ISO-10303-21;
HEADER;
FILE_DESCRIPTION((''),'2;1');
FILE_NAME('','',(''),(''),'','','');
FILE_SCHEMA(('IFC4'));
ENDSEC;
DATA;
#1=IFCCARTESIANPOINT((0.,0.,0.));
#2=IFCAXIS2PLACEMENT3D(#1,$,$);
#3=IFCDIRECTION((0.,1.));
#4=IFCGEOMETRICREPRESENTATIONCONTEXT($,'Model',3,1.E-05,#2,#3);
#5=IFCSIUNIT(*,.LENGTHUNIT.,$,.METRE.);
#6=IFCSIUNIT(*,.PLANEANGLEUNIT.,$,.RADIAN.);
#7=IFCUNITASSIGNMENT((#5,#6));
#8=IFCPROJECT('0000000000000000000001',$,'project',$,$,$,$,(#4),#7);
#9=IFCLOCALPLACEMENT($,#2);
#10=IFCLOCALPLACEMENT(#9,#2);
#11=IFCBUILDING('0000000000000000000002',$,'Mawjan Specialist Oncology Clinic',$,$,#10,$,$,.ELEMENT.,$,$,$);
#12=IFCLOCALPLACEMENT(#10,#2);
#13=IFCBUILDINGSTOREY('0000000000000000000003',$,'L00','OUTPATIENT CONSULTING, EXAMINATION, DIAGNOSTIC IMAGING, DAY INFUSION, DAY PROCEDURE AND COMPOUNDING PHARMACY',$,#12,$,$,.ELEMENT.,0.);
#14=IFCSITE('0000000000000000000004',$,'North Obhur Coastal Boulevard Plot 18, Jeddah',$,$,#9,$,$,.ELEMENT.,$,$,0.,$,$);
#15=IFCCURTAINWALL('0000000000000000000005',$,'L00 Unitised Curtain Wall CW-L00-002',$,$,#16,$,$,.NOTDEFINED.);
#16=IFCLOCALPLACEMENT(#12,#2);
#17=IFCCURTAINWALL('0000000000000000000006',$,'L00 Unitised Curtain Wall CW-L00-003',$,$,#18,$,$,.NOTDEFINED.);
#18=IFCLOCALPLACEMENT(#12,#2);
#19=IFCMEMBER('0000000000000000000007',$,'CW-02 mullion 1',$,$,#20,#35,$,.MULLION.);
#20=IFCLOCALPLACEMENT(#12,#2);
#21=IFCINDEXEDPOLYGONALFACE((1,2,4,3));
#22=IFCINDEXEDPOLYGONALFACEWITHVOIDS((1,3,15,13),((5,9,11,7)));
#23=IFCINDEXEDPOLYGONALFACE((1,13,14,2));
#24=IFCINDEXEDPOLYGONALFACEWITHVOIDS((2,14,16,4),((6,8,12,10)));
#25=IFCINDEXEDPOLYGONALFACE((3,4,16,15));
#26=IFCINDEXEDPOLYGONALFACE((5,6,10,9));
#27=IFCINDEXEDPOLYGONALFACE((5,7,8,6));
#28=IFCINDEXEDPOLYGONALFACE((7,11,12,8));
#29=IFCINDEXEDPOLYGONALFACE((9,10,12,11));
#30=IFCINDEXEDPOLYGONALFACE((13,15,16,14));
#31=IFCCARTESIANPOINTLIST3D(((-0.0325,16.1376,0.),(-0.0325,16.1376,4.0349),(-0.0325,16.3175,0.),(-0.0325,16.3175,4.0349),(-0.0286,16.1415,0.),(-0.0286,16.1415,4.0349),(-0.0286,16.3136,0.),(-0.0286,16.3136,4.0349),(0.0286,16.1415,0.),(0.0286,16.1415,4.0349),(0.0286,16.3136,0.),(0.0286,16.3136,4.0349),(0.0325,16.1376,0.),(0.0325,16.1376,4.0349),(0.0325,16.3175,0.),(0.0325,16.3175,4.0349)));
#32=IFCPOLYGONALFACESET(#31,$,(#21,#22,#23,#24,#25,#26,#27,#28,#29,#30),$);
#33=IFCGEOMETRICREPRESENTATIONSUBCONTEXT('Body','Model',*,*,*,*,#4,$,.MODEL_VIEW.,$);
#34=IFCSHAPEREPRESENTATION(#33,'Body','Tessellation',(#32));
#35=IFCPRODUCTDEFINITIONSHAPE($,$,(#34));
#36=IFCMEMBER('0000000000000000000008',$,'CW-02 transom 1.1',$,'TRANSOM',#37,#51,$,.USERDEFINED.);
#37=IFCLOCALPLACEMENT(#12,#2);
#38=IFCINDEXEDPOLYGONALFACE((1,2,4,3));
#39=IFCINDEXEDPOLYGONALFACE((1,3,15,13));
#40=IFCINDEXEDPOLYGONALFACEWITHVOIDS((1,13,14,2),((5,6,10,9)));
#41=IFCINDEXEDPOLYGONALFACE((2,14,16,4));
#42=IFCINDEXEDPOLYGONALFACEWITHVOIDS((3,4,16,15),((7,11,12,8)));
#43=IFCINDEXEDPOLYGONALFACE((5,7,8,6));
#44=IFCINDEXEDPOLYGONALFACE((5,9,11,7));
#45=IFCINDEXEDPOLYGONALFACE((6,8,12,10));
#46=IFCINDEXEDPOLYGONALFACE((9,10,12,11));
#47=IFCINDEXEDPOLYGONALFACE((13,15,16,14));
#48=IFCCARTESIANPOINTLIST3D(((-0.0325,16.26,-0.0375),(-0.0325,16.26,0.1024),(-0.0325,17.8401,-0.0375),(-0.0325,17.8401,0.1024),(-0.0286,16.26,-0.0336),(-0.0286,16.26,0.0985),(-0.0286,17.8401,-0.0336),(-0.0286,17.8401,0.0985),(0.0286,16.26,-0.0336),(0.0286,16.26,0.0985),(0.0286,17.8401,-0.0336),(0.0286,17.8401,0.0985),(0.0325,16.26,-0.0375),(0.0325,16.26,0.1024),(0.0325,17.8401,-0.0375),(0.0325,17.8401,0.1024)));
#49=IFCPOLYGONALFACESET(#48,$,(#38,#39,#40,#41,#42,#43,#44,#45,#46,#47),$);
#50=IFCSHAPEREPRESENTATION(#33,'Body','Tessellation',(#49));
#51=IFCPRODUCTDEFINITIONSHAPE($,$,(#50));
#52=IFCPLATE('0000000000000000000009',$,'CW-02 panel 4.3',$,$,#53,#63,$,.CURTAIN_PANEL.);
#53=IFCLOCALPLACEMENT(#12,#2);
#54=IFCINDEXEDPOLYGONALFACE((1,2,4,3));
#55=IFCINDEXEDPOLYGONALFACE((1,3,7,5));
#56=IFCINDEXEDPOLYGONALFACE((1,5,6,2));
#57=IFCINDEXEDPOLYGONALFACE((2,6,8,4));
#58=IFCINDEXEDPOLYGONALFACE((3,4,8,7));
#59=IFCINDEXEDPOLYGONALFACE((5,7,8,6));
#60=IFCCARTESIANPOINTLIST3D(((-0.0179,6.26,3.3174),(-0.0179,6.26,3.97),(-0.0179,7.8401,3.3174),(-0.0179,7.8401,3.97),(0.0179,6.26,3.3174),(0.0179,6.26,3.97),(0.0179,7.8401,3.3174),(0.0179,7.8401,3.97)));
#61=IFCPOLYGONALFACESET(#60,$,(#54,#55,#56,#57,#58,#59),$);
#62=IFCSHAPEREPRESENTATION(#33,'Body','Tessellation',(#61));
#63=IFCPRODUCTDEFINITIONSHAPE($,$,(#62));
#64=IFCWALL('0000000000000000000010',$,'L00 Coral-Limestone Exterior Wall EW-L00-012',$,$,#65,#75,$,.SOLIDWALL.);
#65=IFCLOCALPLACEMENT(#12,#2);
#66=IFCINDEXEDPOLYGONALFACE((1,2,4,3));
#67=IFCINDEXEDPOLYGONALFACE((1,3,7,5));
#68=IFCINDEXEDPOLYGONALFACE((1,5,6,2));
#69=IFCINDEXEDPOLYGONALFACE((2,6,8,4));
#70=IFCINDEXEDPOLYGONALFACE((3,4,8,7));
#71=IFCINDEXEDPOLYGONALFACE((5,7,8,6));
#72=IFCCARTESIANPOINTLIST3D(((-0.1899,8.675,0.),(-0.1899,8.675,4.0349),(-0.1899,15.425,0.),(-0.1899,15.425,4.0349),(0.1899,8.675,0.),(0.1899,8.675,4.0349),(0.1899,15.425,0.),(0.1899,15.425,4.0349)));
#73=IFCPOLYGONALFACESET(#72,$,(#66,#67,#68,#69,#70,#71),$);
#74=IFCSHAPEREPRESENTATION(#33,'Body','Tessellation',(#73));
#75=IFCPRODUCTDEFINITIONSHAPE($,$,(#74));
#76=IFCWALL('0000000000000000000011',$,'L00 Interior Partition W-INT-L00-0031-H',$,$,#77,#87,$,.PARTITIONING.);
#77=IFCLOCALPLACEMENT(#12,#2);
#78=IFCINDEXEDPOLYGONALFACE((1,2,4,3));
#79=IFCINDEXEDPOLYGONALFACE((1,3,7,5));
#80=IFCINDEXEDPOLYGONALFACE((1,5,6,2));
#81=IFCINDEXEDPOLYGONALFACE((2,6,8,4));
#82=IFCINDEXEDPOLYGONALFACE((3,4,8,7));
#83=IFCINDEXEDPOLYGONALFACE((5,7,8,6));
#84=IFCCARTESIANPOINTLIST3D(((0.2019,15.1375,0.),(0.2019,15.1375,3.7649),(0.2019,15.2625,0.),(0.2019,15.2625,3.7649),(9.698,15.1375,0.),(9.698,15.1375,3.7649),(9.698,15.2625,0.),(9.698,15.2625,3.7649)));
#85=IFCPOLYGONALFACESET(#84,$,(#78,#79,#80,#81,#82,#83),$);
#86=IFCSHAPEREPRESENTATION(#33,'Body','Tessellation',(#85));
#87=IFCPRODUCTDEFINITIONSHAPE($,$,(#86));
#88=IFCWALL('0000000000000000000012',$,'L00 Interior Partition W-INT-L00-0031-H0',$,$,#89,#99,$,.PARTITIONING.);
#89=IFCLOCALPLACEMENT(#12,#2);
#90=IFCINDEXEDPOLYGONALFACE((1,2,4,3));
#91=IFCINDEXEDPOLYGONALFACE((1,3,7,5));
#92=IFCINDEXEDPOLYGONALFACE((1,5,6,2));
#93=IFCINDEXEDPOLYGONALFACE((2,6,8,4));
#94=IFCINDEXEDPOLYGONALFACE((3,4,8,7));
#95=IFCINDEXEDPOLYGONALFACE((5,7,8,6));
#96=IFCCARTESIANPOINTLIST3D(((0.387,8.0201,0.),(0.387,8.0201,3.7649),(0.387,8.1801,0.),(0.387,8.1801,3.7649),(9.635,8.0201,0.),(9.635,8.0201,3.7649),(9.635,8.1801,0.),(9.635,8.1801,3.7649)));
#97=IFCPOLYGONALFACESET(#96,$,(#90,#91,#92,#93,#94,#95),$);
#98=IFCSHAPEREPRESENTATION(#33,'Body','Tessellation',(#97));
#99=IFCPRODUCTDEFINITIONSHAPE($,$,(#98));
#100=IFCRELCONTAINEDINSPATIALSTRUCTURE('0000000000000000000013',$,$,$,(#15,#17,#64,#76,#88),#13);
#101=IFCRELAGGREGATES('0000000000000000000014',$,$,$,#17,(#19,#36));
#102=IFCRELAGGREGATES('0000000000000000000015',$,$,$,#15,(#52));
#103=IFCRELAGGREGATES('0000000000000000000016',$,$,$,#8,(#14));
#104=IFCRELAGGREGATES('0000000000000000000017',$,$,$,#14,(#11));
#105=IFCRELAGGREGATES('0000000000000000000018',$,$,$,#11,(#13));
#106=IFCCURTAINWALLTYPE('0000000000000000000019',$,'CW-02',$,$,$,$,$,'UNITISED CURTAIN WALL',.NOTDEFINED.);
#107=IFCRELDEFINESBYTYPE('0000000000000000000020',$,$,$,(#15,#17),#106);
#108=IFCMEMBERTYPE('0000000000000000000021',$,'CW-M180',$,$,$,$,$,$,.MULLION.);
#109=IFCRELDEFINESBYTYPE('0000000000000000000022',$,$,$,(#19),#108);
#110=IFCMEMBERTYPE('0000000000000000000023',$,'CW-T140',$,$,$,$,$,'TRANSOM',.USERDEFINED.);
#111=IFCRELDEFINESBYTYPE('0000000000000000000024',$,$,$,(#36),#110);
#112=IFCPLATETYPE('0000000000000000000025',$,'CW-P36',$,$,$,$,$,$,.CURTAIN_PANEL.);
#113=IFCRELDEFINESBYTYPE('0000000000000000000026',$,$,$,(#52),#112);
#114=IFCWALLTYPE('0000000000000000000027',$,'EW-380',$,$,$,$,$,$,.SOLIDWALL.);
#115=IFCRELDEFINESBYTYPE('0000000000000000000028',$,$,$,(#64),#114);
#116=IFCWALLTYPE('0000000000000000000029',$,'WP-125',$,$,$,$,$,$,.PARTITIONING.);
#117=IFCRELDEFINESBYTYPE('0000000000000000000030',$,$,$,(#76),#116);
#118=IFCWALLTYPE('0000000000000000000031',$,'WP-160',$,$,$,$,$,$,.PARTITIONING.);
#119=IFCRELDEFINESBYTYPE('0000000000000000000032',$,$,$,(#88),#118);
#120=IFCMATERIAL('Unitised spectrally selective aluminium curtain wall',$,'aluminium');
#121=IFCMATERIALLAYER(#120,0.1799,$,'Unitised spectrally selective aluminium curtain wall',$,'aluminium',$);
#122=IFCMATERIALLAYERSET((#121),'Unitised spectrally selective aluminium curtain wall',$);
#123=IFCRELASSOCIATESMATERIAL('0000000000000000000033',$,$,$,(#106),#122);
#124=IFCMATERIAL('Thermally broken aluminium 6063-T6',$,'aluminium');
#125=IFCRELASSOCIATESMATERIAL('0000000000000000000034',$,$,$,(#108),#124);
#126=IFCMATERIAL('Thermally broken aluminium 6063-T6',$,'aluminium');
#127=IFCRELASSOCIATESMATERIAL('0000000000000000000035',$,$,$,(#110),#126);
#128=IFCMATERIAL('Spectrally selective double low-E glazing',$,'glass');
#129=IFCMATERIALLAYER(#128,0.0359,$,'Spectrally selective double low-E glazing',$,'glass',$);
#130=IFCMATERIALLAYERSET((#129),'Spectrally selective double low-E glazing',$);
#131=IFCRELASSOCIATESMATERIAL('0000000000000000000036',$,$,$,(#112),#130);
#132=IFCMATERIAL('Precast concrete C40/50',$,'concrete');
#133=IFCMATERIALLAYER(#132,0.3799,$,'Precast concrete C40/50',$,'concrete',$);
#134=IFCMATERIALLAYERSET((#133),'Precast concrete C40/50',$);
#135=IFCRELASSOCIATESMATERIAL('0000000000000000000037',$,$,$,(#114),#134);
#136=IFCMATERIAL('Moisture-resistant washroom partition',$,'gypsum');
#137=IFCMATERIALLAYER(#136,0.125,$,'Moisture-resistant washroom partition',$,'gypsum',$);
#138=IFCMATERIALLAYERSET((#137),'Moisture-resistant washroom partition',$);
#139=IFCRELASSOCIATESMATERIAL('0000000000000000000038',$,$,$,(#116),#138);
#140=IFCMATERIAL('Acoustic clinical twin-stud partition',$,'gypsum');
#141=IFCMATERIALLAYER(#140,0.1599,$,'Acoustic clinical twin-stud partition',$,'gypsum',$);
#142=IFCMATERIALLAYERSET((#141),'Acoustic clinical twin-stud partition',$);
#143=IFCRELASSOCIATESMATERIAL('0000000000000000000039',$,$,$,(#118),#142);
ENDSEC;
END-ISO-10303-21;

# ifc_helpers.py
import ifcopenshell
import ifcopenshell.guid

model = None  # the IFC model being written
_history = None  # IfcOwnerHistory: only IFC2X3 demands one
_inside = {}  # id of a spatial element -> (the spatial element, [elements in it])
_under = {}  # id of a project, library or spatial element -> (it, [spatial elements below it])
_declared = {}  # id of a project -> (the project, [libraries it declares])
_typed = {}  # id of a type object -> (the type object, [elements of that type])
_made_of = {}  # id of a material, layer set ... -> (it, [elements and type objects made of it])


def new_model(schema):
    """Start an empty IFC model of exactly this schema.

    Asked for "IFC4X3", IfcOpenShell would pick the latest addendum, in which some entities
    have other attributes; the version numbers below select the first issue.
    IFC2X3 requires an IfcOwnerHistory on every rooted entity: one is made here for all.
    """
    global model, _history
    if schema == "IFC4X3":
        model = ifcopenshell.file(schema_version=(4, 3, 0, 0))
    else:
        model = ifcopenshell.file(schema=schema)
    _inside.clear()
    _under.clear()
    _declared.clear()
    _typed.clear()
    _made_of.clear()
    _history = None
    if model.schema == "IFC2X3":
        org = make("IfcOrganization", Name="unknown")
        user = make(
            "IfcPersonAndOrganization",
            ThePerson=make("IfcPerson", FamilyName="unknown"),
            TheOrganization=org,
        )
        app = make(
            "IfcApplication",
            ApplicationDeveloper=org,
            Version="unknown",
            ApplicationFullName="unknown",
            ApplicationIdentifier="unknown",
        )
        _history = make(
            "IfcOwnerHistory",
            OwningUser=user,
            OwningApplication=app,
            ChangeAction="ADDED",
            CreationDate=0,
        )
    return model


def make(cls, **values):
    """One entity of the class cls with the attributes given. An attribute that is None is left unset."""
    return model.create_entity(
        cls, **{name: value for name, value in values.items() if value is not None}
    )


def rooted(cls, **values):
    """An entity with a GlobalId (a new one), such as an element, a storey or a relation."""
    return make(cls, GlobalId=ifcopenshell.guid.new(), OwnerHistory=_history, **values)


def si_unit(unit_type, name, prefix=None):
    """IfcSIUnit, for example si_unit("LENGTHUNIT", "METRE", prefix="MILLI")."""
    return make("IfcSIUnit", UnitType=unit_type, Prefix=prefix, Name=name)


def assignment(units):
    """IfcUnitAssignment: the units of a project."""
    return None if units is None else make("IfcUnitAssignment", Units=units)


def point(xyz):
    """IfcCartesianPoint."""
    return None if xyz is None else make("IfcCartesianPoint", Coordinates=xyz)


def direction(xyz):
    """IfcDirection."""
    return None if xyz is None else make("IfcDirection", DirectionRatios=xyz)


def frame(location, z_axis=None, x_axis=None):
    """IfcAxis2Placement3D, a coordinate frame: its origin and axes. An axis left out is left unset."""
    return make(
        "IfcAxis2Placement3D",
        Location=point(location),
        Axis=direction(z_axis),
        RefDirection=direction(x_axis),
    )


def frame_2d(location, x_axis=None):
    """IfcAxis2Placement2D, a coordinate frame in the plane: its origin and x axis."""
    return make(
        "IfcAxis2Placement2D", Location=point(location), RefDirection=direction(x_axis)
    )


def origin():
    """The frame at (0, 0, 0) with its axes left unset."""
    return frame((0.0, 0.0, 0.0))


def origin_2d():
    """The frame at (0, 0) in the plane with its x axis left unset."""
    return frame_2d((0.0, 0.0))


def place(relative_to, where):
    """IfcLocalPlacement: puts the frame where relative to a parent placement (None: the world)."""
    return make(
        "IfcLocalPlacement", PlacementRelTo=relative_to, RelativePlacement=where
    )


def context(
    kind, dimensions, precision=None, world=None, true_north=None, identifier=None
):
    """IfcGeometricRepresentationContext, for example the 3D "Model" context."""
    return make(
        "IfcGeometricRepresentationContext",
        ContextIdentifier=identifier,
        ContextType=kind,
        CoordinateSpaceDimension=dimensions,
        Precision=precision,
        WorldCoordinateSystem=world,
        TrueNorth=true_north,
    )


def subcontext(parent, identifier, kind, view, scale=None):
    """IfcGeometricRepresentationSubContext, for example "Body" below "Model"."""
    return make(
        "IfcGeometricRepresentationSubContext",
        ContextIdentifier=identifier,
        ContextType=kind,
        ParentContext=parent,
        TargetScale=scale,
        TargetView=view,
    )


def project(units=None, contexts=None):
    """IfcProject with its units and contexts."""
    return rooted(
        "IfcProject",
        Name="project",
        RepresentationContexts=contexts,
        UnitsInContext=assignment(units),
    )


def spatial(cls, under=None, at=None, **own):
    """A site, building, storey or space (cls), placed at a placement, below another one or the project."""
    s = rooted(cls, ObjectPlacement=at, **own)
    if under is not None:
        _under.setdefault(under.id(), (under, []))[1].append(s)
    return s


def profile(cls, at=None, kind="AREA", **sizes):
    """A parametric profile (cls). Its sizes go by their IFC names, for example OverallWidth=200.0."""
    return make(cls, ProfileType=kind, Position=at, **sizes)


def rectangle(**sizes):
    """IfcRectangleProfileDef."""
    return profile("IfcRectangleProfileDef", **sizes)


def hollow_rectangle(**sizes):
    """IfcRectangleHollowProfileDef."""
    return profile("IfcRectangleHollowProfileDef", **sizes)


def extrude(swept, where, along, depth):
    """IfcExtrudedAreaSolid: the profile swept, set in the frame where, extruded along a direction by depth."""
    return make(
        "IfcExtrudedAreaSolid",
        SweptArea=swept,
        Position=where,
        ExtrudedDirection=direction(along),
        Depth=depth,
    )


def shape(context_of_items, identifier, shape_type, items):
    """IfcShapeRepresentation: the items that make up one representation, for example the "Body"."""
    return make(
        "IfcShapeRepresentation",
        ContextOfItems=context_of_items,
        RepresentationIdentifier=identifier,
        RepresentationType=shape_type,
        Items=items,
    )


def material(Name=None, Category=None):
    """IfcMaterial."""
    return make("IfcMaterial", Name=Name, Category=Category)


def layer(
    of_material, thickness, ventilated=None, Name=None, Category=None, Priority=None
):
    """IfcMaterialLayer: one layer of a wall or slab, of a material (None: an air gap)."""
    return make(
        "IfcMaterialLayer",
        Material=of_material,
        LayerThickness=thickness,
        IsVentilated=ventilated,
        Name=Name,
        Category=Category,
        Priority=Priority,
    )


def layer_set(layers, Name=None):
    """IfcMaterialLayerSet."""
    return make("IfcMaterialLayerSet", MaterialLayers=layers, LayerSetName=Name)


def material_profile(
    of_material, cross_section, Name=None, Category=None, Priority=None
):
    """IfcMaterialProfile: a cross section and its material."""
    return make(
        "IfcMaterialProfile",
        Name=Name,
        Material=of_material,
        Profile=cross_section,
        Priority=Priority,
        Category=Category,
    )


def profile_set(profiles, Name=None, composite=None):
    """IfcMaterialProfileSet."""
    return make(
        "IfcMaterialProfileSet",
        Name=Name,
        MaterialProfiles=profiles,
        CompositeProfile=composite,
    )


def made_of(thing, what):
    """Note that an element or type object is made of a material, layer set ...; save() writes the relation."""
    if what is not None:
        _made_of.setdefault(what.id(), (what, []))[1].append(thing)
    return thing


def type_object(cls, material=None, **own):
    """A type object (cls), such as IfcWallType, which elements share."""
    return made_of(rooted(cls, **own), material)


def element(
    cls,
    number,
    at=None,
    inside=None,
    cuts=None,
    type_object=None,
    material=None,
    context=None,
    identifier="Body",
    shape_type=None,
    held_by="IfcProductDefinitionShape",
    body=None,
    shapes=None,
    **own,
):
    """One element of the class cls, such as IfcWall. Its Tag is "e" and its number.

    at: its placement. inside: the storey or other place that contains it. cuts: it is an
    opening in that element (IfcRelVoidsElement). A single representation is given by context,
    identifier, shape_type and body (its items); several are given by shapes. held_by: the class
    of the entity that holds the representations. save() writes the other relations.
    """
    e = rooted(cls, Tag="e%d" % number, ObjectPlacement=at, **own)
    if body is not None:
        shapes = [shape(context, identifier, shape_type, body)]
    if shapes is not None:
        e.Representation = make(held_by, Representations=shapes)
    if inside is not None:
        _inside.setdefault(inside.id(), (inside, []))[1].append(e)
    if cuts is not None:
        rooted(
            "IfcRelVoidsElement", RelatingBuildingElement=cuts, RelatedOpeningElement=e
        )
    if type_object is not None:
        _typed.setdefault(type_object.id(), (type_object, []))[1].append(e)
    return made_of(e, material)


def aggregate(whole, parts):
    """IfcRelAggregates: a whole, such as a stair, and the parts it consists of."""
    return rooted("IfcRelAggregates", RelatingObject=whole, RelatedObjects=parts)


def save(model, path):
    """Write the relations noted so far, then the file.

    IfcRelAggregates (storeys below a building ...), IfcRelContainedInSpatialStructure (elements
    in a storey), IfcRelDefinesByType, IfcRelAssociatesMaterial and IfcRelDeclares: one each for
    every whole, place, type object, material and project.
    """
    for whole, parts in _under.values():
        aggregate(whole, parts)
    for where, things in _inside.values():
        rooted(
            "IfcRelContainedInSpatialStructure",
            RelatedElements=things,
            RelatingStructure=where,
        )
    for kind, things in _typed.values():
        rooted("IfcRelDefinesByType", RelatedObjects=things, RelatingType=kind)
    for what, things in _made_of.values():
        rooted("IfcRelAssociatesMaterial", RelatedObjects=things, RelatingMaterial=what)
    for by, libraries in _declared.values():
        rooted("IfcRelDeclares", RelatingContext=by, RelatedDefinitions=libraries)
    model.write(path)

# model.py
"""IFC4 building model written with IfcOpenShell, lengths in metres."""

from ifc_helpers import new_model, si_unit, direction, frame, frame_2d, origin, origin_2d, place, context, subcontext, project, spatial, rectangle, hollow_rectangle, extrude, material, layer, layer_set, material_profile, profile_set, type_object, element, aggregate, save


model = new_model("IFC4")

# Units and contexts
model_context = context("Model", 3, precision=1e-05, world=origin(), true_north=direction((0.0, 1.0)))
body_context = subcontext(model_context, "Body", "Model", "MODEL_VIEW")
ifc_project = project(units=[si_unit("LENGTHUNIT", "METRE"), si_unit("PLANEANGLEUNIT", "RADIAN")], contexts=[model_context])

# Site, building, storey
site_placement = place(None, origin())
site = spatial("IfcSite", under=ifc_project, at=site_placement, Name="North Obhur Coastal Boulevard Plot 18, Jeddah", CompositionType="ELEMENT", RefElevation=0.0)
building_placement = place(site_placement, origin())
building = spatial("IfcBuilding", under=site, at=building_placement, Name="Mawjan Specialist Oncology Clinic", CompositionType="ELEMENT")
storey_placement = place(building_placement, origin())
storey = spatial("IfcBuildingStorey", under=building, at=storey_placement, Name="L00", Description="OUTPATIENT CONSULTING, EXAMINATION, DIAGNOSTIC IMAGING, DAY INFUSION, DAY PROCEDURE AND COMPOUNDING PHARMACY", CompositionType="ELEMENT", Elevation=0.0)

# Curtain wall
ifc_material_1 = material(Name="Unitised spectrally selective aluminium curtain wall", Category="aluminium")
ifc_layer_1 = layer(ifc_material_1, 0.1799, Name="Unitised spectrally selective aluminium curtain wall", Category="aluminium")
ifc_layer_set_1 = layer_set([ifc_layer_1], Name="Unitised spectrally selective aluminium curtain wall")
curtain_wall_type = type_object("IfcCurtainWallType", Name="CW-02", ElementType="UNITISED CURTAIN WALL", PredefinedType="NOTDEFINED", material=ifc_layer_set_1)
curtain_wall_1_placement = place(storey_placement, origin())
curtain_wall_1 = element("IfcCurtainWall", 1, at=curtain_wall_1_placement, inside=storey, type_object=curtain_wall_type, Name="L00 Unitised Curtain Wall CW-L00-002", PredefinedType="NOTDEFINED")
ifc_material_2 = material(Name="Thermally broken aluminium 6063-T6", Category="aluminium")
ifc_material_profile_1 = material_profile(ifc_material_2, hollow_rectangle(XDim=0.0649, YDim=0.1799, WallThickness=0.0039, at=origin_2d()), Name="ALU MULLION 180x65x4", Category="aluminium")
ifc_profile_set_1 = profile_set([ifc_material_profile_1], Name="Thermally broken aluminium 6063-T6")
member_type_1 = type_object("IfcMemberType", Name="CW-M180", PredefinedType="MULLION", material=ifc_profile_set_1)

# Curtain wall, members
curtain_wall_2_placement = place(storey_placement, origin())
curtain_wall_2 = element("IfcCurtainWall", 2, at=curtain_wall_2_placement, inside=storey, type_object=curtain_wall_type, Name="L00 Unitised Curtain Wall CW-L00-003", PredefinedType="NOTDEFINED")
member_1_placement = place(storey_placement, frame((0.0, 16.2275, 0.0), z_axis=(0.0, 0.0, 1.0), x_axis=(-1.0, 0.0, 0.0)))
member_1 = element("IfcMember", 3, at=member_1_placement, type_object=member_type_1, Name="CW-02 mullion 1", PredefinedType="MULLION", context=body_context, shape_type="SweptSolid", body=[
    extrude(hollow_rectangle(XDim=0.0649, YDim=0.1799, WallThickness=0.0039, at=origin_2d()), origin(), (0.0, 0.0, 1.0), 4.0349),
])
ifc_material_3 = material(Name="Thermally broken aluminium 6063-T6", Category="aluminium")
ifc_material_profile_2 = material_profile(ifc_material_3, hollow_rectangle(XDim=0.0649, YDim=0.1399, WallThickness=0.0039, at=origin_2d()), Name="ALU TRANSOM 140x65x4", Category="aluminium")
ifc_profile_set_2 = profile_set([ifc_material_profile_2], Name="Thermally broken aluminium 6063-T6")
member_type_2 = type_object("IfcMemberType", Name="CW-T140", ElementType="TRANSOM", PredefinedType="USERDEFINED", material=ifc_profile_set_2)
member_2_placement = place(storey_placement, frame((0.0, 16.26, 0.0325), z_axis=(0.0, 1.0, 0.0), x_axis=(-1.0, 0.0, 0.0)))
member_2 = element("IfcMember", 4, at=member_2_placement, type_object=member_type_2, Name="CW-02 transom 1.1", ObjectType="TRANSOM", PredefinedType="USERDEFINED", context=body_context, shape_type="SweptSolid", body=[
    extrude(hollow_rectangle(XDim=0.0649, YDim=0.1399, WallThickness=0.0039, at=origin_2d()), origin(), (0.0, 0.0, 1.0), 1.5801),
])
aggregate(curtain_wall_2, [member_1, member_2])

# Plate
ifc_material_4 = material(Name="Spectrally selective double low-E glazing", Category="glass")
ifc_layer_2 = layer(ifc_material_4, 0.0359, Name="Spectrally selective double low-E glazing", Category="glass")
ifc_layer_set_2 = layer_set([ifc_layer_2], Name="Spectrally selective double low-E glazing")
plate_type = type_object("IfcPlateType", Name="CW-P36", PredefinedType="CURTAIN_PANEL", material=ifc_layer_set_2)
plate_placement = place(storey_placement, frame((0.0, 7.05, 3.3174), z_axis=(0.0, 0.0, 1.0), x_axis=(0.0, 1.0, 0.0)))
plate = element("IfcPlate", 5, at=plate_placement, type_object=plate_type, Name="CW-02 panel 4.3", PredefinedType="CURTAIN_PANEL", context=body_context, shape_type="SweptSolid", body=[
    extrude(rectangle(XDim=1.5801, YDim=0.0359, at=origin_2d()), origin(), (0.0, 0.0, 1.0), 0.6526),
])
aggregate(curtain_wall_1, [plate])

# Walls
ifc_material_5 = material(Name="Precast concrete C40/50", Category="concrete")
ifc_layer_3 = layer(ifc_material_5, 0.3799, Name="Precast concrete C40/50", Category="concrete")
ifc_layer_set_3 = layer_set([ifc_layer_3], Name="Precast concrete C40/50")
wall_type_1 = type_object("IfcWallType", Name="EW-380", PredefinedType="SOLIDWALL", material=ifc_layer_set_3)
wall_1_placement = place(storey_placement, frame((0.0, 8.675, 0.0), z_axis=(0.0, 0.0, 1.0), x_axis=(0.0, 1.0, 0.0)))
element("IfcWall", 6, at=wall_1_placement, inside=storey, type_object=wall_type_1, Name="L00 Coral-Limestone Exterior Wall EW-L00-012", PredefinedType="SOLIDWALL", context=body_context, shape_type="SweptSolid", body=[
    extrude(rectangle(XDim=6.75, YDim=0.3799, at=frame_2d((3.375, 0.0))), origin(), (0.0, 0.0, 1.0), 4.0349),
])
ifc_material_6 = material(Name="Moisture-resistant washroom partition", Category="gypsum")
ifc_layer_4 = layer(ifc_material_6, 0.125, Name="Moisture-resistant washroom partition", Category="gypsum")
ifc_layer_set_4 = layer_set([ifc_layer_4], Name="Moisture-resistant washroom partition")
wall_type_2 = type_object("IfcWallType", Name="WP-125", PredefinedType="PARTITIONING", material=ifc_layer_set_4)
wall_2_placement = place(storey_placement, frame((0.2019, 15.2, 0.0), z_axis=(0.0, 0.0, 1.0), x_axis=(1.0, 0.0, 0.0)))
element("IfcWall", 7, at=wall_2_placement, inside=storey, type_object=wall_type_2, Name="L00 Interior Partition W-INT-L00-0031-H", PredefinedType="PARTITIONING", context=body_context, shape_type="SweptSolid", body=[
    extrude(rectangle(XDim=9.4961, YDim=0.125, at=frame_2d((4.748, 0.0))), origin(), (0.0, 0.0, 1.0), 3.7649),
])
ifc_material_7 = material(Name="Acoustic clinical twin-stud partition", Category="gypsum")
ifc_layer_5 = layer(ifc_material_7, 0.1599, Name="Acoustic clinical twin-stud partition", Category="gypsum")
ifc_layer_set_5 = layer_set([ifc_layer_5], Name="Acoustic clinical twin-stud partition")
wall_type_3 = type_object("IfcWallType", Name="WP-160", PredefinedType="PARTITIONING", material=ifc_layer_set_5)
wall_3_placement = place(storey_placement, frame((0.387, 8.1001, 0.0), z_axis=(0.0, 0.0, 1.0), x_axis=(1.0, 0.0, 0.0)))
element("IfcWall", 8, at=wall_3_placement, inside=storey, type_object=wall_type_3, Name="L00 Interior Partition W-INT-L00-0031-H0", PredefinedType="PARTITIONING", context=body_context, shape_type="SweptSolid", body=[
    extrude(rectangle(XDim=9.248, YDim=0.1599, at=frame_2d((4.624, 0.0))), origin(), (0.0, 0.0, 1.0), 3.7649),
])

save(model, "model.ifc")
